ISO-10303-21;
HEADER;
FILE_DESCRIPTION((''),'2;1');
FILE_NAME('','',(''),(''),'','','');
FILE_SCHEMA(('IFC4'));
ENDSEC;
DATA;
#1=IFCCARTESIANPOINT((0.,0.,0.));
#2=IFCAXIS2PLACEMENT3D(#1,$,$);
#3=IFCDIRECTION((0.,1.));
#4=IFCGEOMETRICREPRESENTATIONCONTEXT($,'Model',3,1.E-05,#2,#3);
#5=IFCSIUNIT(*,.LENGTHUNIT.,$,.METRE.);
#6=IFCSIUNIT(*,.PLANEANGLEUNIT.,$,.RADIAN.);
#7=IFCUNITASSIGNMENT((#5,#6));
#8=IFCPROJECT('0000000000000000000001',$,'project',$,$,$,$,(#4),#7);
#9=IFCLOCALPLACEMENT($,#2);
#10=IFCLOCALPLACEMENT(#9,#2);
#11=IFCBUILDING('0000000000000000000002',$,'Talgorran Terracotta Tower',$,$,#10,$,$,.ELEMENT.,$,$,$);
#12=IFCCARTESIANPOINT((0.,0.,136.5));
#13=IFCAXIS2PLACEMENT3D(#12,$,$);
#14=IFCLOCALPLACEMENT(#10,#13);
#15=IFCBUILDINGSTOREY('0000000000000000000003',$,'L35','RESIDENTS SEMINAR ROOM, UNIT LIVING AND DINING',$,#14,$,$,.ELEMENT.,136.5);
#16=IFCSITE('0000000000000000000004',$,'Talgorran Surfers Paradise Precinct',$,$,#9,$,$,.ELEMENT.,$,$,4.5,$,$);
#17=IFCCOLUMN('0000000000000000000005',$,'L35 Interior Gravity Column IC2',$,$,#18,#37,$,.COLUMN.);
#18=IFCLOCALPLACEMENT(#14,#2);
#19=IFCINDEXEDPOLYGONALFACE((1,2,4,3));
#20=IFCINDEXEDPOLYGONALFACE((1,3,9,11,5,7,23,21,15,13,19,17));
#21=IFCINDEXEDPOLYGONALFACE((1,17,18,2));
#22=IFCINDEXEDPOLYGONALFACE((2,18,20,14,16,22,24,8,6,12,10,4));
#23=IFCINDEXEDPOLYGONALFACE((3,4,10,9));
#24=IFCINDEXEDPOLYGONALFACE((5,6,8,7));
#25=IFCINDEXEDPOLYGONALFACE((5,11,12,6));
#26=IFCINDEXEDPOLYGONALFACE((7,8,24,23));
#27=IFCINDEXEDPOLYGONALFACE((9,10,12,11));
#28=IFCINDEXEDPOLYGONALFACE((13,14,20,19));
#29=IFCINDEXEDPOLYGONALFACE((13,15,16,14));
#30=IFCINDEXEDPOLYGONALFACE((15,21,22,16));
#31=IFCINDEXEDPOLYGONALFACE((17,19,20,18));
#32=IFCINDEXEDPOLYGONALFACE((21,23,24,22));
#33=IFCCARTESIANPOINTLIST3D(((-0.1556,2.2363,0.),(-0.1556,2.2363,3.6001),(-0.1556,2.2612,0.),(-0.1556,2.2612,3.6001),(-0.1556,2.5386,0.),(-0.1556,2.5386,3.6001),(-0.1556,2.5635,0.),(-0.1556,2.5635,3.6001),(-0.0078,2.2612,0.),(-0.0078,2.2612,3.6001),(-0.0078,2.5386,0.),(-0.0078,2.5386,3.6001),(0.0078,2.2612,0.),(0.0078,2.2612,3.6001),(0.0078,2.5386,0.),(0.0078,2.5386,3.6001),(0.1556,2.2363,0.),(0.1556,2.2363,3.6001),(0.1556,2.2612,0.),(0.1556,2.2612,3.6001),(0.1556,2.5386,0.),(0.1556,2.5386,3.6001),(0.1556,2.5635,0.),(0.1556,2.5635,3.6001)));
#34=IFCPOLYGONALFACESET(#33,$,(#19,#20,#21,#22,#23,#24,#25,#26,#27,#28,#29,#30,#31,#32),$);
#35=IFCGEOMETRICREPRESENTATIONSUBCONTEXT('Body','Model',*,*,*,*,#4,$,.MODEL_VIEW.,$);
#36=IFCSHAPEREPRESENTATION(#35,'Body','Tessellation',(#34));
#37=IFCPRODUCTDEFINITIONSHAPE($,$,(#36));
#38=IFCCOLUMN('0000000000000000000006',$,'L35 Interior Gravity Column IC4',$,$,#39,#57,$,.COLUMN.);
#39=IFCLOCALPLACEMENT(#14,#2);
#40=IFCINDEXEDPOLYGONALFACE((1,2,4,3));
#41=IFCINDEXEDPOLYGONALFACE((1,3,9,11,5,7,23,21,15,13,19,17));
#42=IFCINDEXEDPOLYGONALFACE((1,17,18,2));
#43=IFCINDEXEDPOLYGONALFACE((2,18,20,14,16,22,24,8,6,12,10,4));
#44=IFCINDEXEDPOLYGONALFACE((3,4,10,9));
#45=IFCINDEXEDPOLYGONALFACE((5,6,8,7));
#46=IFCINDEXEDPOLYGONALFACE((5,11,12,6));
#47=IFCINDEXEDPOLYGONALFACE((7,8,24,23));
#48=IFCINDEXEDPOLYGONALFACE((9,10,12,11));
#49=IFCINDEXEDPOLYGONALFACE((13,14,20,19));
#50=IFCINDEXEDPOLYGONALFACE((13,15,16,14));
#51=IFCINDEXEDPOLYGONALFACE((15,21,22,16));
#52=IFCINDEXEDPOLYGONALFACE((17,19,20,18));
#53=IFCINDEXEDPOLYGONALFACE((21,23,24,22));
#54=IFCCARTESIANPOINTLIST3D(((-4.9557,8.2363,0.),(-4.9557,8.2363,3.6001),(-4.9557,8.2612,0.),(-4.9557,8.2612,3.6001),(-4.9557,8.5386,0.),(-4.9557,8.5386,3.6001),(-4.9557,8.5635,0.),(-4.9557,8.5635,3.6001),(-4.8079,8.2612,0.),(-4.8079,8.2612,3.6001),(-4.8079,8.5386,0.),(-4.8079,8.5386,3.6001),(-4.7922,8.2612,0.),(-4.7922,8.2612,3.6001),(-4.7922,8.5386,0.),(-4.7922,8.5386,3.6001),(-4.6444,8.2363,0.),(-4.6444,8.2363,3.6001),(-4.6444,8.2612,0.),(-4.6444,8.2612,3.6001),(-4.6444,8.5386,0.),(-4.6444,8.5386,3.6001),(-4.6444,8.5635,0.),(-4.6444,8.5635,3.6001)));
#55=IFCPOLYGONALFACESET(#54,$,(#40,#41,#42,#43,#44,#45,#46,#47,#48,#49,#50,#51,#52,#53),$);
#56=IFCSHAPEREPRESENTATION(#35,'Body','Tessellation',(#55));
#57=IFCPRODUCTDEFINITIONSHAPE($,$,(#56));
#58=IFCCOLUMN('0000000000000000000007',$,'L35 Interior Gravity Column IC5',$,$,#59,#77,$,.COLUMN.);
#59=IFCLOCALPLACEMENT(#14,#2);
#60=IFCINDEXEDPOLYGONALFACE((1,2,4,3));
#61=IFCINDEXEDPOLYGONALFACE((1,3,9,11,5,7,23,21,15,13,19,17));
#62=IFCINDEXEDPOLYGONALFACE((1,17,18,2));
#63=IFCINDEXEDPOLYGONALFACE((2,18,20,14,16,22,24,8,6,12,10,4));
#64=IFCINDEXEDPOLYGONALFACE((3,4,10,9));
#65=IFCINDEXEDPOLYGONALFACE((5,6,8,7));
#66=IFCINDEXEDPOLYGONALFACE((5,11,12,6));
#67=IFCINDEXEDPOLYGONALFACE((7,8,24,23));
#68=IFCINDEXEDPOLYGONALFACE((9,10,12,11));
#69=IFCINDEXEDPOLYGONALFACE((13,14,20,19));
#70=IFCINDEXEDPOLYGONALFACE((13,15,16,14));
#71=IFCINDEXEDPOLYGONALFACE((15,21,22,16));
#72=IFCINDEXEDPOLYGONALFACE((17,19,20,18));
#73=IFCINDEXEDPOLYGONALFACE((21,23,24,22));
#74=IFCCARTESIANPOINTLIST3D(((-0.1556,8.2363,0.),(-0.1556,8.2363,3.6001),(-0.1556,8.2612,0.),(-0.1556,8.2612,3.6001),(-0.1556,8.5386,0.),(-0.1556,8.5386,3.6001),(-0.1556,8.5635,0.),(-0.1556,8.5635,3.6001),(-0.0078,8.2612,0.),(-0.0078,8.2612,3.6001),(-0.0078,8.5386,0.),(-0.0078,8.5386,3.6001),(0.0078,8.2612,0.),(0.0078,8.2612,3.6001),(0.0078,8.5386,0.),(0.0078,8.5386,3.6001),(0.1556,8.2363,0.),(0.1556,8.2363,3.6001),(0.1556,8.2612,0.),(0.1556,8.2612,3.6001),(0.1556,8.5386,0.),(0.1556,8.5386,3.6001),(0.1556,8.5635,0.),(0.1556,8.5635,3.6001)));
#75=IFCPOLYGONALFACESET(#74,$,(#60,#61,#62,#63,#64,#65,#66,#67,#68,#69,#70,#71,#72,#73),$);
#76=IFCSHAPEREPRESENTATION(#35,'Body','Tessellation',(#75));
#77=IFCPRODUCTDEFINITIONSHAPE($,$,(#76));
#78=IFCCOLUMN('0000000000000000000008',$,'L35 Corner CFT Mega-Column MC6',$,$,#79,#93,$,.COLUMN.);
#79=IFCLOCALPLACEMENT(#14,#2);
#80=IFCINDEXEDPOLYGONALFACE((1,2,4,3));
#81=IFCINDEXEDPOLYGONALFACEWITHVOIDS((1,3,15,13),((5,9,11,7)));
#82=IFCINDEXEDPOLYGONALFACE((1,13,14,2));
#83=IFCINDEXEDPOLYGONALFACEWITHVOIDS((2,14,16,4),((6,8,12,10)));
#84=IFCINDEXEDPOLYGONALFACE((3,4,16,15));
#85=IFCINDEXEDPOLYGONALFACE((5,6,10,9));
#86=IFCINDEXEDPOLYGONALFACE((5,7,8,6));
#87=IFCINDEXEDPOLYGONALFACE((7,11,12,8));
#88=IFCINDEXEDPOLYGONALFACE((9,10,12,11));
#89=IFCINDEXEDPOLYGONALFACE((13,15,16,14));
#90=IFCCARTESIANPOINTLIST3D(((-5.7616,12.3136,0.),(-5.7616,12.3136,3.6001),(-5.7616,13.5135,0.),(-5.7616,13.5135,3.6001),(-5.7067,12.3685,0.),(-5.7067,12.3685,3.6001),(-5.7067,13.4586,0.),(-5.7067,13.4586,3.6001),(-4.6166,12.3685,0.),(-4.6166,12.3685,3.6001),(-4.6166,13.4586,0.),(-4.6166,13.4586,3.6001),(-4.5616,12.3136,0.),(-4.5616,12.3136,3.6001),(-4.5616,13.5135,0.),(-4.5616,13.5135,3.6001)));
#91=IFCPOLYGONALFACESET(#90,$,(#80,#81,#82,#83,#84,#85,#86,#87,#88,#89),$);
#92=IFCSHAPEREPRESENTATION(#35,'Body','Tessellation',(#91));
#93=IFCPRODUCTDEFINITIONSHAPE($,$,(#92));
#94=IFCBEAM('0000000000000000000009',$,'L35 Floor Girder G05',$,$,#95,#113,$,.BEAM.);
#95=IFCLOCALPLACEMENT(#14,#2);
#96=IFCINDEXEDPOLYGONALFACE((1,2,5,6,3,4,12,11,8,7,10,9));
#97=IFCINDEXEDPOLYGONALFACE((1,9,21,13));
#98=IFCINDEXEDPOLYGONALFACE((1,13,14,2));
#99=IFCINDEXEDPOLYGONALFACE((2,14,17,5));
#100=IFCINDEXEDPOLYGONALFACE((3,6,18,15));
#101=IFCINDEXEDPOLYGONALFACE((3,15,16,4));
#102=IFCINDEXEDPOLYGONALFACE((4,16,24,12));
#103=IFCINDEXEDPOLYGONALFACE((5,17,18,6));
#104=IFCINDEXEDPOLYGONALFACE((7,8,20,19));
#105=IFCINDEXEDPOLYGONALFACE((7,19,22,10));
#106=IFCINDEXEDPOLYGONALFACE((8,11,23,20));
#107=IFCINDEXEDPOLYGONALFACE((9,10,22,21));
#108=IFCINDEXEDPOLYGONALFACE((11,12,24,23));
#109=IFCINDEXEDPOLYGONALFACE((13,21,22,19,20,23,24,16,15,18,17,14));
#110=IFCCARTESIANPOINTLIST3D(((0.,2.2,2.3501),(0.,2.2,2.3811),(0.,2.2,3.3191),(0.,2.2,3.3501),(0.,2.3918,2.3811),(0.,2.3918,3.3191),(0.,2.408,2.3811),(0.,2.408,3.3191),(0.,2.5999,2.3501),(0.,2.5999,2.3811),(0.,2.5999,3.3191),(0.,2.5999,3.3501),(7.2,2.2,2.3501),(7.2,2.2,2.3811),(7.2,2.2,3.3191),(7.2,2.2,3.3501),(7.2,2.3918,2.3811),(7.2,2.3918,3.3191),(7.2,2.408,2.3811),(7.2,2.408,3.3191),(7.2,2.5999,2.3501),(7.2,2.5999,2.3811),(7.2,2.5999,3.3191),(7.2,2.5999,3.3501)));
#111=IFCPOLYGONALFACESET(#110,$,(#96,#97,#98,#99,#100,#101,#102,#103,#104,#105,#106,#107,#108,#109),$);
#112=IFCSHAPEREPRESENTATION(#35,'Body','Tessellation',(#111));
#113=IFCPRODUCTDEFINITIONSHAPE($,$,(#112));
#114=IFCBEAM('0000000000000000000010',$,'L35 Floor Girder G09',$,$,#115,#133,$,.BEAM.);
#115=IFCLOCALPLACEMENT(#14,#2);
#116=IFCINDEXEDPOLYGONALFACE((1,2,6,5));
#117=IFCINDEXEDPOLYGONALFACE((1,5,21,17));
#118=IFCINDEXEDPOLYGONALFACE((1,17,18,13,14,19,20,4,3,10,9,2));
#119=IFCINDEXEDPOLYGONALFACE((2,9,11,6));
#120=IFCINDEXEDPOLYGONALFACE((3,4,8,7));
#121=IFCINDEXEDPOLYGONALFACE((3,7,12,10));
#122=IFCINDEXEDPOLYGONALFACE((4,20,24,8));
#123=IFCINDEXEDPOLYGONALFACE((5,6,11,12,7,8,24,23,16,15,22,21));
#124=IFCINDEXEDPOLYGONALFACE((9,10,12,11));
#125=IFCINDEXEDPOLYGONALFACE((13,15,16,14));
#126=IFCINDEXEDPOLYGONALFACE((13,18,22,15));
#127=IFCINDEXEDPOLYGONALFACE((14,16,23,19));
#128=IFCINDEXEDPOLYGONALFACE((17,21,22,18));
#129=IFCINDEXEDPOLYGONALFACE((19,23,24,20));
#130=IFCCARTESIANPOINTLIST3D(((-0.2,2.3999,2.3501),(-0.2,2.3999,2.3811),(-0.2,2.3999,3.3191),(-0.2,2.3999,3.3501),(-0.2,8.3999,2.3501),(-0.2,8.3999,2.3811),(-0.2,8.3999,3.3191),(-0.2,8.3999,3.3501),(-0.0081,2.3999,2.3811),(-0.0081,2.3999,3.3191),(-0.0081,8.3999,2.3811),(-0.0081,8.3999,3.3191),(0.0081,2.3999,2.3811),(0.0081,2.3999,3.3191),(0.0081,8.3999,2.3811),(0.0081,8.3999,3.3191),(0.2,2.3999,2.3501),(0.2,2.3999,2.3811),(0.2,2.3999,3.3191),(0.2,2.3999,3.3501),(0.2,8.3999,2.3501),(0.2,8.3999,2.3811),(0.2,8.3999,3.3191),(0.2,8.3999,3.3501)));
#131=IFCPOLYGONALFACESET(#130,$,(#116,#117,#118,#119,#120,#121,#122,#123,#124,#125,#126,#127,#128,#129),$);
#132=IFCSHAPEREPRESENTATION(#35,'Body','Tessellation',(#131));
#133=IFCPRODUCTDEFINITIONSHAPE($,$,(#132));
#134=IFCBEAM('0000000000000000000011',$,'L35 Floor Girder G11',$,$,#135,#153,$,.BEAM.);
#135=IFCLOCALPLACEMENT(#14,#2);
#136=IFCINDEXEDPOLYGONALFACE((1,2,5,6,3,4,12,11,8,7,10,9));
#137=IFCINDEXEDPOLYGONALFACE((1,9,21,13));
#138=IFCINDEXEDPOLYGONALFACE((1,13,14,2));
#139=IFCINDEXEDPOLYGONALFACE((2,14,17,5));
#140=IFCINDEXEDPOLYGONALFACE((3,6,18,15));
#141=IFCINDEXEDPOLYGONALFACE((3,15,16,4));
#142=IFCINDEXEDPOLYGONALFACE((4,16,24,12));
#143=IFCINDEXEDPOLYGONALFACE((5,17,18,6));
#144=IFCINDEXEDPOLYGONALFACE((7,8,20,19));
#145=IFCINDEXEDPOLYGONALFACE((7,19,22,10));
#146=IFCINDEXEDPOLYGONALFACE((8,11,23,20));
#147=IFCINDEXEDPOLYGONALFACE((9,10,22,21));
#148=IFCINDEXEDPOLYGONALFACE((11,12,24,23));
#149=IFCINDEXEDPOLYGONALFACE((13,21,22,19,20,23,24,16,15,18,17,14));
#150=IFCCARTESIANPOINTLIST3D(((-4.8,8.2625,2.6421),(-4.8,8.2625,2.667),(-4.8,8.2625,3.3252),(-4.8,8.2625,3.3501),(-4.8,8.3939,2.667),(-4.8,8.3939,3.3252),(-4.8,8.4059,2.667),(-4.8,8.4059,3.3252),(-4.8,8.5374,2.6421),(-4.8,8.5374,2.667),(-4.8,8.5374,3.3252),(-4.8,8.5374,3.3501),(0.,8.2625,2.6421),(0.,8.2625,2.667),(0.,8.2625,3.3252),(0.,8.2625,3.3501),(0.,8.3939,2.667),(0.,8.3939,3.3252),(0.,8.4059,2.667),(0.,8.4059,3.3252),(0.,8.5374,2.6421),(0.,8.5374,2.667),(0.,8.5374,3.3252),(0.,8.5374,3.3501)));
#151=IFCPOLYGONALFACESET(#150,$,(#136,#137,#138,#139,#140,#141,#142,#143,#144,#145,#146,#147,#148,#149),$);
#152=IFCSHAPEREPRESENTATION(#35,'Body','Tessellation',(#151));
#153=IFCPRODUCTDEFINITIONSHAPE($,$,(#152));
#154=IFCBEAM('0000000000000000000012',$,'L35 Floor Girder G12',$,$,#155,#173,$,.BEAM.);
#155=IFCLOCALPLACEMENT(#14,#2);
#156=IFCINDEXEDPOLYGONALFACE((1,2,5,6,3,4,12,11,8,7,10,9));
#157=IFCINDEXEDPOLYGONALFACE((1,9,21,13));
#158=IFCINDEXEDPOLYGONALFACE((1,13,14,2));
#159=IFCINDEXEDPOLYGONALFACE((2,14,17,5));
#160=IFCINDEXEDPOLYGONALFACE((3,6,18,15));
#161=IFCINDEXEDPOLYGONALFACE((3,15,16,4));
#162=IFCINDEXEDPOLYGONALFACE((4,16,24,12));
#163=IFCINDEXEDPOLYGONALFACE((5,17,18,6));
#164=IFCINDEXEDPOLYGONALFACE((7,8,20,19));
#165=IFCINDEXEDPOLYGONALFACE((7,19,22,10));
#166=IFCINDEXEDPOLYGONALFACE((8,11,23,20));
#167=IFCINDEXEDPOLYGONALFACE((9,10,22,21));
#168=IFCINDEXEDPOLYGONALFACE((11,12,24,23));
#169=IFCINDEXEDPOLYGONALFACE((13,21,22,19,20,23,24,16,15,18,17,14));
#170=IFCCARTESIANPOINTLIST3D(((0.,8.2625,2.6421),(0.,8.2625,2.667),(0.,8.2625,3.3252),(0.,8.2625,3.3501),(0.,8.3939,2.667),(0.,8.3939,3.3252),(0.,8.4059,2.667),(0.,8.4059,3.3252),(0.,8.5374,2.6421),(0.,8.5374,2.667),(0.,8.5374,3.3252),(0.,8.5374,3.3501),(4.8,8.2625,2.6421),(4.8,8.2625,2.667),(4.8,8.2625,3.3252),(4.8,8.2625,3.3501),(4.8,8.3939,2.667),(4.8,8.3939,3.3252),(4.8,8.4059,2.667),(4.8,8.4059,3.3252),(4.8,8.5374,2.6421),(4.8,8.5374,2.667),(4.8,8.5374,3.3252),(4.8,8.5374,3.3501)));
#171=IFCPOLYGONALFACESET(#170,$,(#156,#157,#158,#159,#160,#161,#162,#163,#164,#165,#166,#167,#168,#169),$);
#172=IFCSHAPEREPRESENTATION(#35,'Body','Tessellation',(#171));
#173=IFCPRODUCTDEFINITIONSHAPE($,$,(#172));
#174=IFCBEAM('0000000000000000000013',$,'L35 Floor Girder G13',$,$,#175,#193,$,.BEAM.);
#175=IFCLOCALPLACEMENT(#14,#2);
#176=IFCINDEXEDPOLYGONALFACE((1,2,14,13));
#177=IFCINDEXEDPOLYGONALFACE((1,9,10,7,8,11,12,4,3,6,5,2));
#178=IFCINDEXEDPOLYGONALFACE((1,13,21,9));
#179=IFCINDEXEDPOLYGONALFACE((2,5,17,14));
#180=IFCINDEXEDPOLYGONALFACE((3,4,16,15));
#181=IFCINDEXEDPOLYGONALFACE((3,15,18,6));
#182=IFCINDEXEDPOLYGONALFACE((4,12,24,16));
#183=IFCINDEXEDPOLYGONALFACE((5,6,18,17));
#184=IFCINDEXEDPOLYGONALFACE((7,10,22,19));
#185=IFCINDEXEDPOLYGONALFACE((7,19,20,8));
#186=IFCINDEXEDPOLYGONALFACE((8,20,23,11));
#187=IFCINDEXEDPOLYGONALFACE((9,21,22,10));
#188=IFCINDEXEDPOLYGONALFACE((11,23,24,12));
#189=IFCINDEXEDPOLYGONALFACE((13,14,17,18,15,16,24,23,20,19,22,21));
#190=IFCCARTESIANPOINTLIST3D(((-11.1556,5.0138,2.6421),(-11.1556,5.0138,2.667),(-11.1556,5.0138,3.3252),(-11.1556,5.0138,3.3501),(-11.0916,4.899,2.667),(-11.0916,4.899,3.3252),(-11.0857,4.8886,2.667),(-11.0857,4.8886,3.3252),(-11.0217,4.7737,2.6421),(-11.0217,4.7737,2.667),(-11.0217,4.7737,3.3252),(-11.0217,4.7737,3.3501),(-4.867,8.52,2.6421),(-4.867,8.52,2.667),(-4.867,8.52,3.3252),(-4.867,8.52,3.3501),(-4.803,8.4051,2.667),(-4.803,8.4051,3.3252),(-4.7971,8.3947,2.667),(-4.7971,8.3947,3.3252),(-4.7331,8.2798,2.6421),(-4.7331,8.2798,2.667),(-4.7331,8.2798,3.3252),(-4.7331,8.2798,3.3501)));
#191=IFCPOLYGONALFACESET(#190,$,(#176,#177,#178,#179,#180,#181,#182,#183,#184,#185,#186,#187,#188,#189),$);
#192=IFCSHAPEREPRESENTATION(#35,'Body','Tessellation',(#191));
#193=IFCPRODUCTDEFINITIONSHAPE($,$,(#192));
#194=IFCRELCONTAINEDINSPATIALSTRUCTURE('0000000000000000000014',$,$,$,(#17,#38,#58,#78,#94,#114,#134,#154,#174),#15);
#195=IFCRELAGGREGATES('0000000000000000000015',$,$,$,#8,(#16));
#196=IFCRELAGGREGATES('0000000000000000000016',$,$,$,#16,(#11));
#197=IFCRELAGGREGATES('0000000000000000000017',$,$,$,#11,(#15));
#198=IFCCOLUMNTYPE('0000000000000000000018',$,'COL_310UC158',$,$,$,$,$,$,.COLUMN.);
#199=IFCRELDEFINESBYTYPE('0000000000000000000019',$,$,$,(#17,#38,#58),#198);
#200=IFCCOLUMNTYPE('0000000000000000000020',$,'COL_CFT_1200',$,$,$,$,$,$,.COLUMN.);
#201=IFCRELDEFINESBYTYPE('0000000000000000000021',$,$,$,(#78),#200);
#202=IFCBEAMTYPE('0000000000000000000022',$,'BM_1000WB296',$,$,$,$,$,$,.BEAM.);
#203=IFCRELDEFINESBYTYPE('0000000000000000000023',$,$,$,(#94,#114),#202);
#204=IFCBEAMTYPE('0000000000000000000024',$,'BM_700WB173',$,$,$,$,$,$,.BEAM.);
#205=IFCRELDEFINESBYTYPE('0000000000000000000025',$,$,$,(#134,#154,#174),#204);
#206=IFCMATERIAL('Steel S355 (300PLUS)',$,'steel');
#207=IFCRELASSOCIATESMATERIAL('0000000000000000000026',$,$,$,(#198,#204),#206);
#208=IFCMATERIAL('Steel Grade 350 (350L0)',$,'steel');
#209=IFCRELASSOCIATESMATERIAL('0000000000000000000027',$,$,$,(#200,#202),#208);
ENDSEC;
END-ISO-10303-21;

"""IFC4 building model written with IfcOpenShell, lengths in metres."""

from ifc_helpers import new_model, si_unit, direction, frame, origin, origin_2d, place, context, subcontext, project, spatial, hollow_rectangle, i_section, extrude, material, material_profile, profile_set, type_object, element, save


model = new_model("IFC4")

# Units and contexts
model_context = context("Model", 3, precision=1e-05, world=origin(), true_north=direction((0.0, 1.0)))
body_context = subcontext(model_context, "Body", "Model", "MODEL_VIEW")
ifc_project = project(units=[si_unit("LENGTHUNIT", "METRE"), si_unit("PLANEANGLEUNIT", "RADIAN")], contexts=[model_context])

# Site, building, storey
site_placement = place(None, origin())
site = spatial("IfcSite", under=ifc_project, at=site_placement, Name="Talgorran Surfers Paradise Precinct", CompositionType="ELEMENT", RefElevation=4.5)
building_placement = place(site_placement, origin())
building = spatial("IfcBuilding", under=site, at=building_placement, Name="Talgorran Terracotta Tower", CompositionType="ELEMENT")
storey_placement = place(building_placement, frame((0.0, 0.0, 136.5)))
storey = spatial("IfcBuildingStorey", under=building, at=storey_placement, Name="L35", Description="RESIDENTS SEMINAR ROOM, UNIT LIVING AND DINING", CompositionType="ELEMENT", Elevation=136.5)

# Columns
ifc_material_1 = material(Name="Steel S355 (300PLUS)", Category="steel")
ifc_material_profile_1 = material_profile(ifc_material_1, i_section(OverallWidth=0.3113, OverallDepth=0.3271, WebThickness=0.0156, FlangeThickness=0.0249, at=origin_2d()), Name="310UC158")
ifc_profile_set_1 = profile_set([ifc_material_profile_1], Name="Steel S355 (300PLUS)")
column_type_1 = type_object("IfcColumnType", Name="COL_310UC158", PredefinedType="COLUMN", material=ifc_profile_set_1)
for number, where, z_axis, x_axis, name in (
    (1, (0.0, 2.3999, 0.0), (0.0, 0.0, 1.0), (1.0, 0.0, 0.0), "L35 Interior Gravity Column IC2"),
    (2, (-4.8, 8.3999, 0.0), (0.0, 0.0, 1.0), (1.0, 0.0, 0.0), "L35 Interior Gravity Column IC4"),
    (3, (0.0, 8.3999, 0.0), (0.0, 0.0, 1.0), (1.0, 0.0, 0.0), "L35 Interior Gravity Column IC5"),
):
    element("IfcColumn", number, at=place(storey_placement, frame(where, z_axis=z_axis, x_axis=x_axis)), inside=storey, type_object=column_type_1, Name=name, PredefinedType="COLUMN", context=body_context, shape_type="SweptSolid", body=[
        extrude(i_section(OverallWidth=0.3113, OverallDepth=0.3271, WebThickness=0.0156, FlangeThickness=0.0249, at=origin_2d()), origin(), (0.0, 0.0, 1.0), 3.6001),
    ])
ifc_material_2 = material(Name="Steel Grade 350 (350L0)", Category="steel")
ifc_material_profile_2 = material_profile(ifc_material_2, hollow_rectangle(XDim=1.2, YDim=1.2, WallThickness=0.0549, at=origin_2d()), Name="CFT1200X1200X55")
ifc_profile_set_2 = profile_set([ifc_material_profile_2], Name="Steel Grade 350 (350L0)")
column_type_2 = type_object("IfcColumnType", Name="COL_CFT_1200", PredefinedType="COLUMN", material=ifc_profile_set_2)
column_placement = place(storey_placement, frame((-5.1616, 12.9136, 0.0), z_axis=(0.0, 0.0, 1.0), x_axis=(1.0, 0.0, 0.0)))
element("IfcColumn", 4, at=column_placement, inside=storey, type_object=column_type_2, Name="L35 Corner CFT Mega-Column MC6", PredefinedType="COLUMN", context=body_context, shape_type="SweptSolid", body=[
    extrude(hollow_rectangle(XDim=1.2, YDim=1.2, WallThickness=0.0549, at=origin_2d()), origin(), (0.0, 0.0, 1.0), 3.6001),
])

# Beams
ifc_material_profile_3 = material_profile(ifc_material_2, i_section(OverallWidth=0.3999, OverallDepth=1.0, WebThickness=0.0161, FlangeThickness=0.031, at=origin_2d()), Name="1000WB296")
ifc_profile_set_3 = profile_set([ifc_material_profile_3], Name="Steel Grade 350 (350L0)")
beam_type_1 = type_object("IfcBeamType", Name="BM_1000WB296", PredefinedType="BEAM", material=ifc_profile_set_3)
beam_1_placement = place(storey_placement, frame((0.0, 2.3999, 2.8501), z_axis=(1.0, 0.0, 0.0), x_axis=(0.0, 1.0, 0.0)))
element("IfcBeam", 5, at=beam_1_placement, inside=storey, type_object=beam_type_1, Name="L35 Floor Girder G05", PredefinedType="BEAM", context=body_context, shape_type="SweptSolid", body=[
    extrude(i_section(OverallWidth=0.3999, OverallDepth=1.0, WebThickness=0.0161, FlangeThickness=0.031, at=origin_2d()), origin(), (0.0, 0.0, 1.0), 7.2),
])
beam_2_placement = place(storey_placement, frame((0.0, 2.3999, 2.8501), z_axis=(0.0, 1.0, 0.0), x_axis=(-1.0, 0.0, 0.0)))
element("IfcBeam", 6, at=beam_2_placement, inside=storey, type_object=beam_type_1, Name="L35 Floor Girder G09", PredefinedType="BEAM", context=body_context, shape_type="SweptSolid", body=[
    extrude(i_section(OverallWidth=0.3999, OverallDepth=1.0, WebThickness=0.0161, FlangeThickness=0.031, at=origin_2d()), origin(), (0.0, 0.0, 1.0), 6.0),
])
ifc_material_profile_4 = material_profile(ifc_material_1, i_section(OverallWidth=0.2749, OverallDepth=0.708, WebThickness=0.012, FlangeThickness=0.0249, at=origin_2d()), Name="700WB173")
ifc_profile_set_4 = profile_set([ifc_material_profile_4], Name="Steel S355 (300PLUS)")
beam_type_2 = type_object("IfcBeamType", Name="BM_700WB173", PredefinedType="BEAM", material=ifc_profile_set_4)
for number, where, z_axis, x_axis, name in (
    (7, (-4.8, 8.3999, 2.9961), (1.0, 0.0, 0.0), (0.0, 1.0, 0.0), "L35 Floor Girder G11"),
    (8, (0.0, 8.3999, 2.9961), (1.0, 0.0, 0.0), (0.0, 1.0, 0.0), "L35 Floor Girder G12"),
):
    element("IfcBeam", number, at=place(storey_placement, frame(where, z_axis=z_axis, x_axis=x_axis)), inside=storey, type_object=beam_type_2, Name=name, PredefinedType="BEAM", context=body_context, shape_type="SweptSolid", body=[
        extrude(i_section(OverallWidth=0.2749, OverallDepth=0.708, WebThickness=0.012, FlangeThickness=0.0249, at=origin_2d()), origin(), (0.0, 0.0, 1.0), 4.8),
    ])
beam_3_placement = place(storey_placement, frame((-4.8, 8.3999, 2.9961), z_axis=(-0.873422, -0.486964, 0.0), x_axis=(0.486964, -0.873422, 0.0)))
element("IfcBeam", 9, at=beam_3_placement, inside=storey, type_object=beam_type_2, Name="L35 Floor Girder G13", PredefinedType="BEAM", context=body_context, shape_type="SweptSolid", body=[
    extrude(i_section(OverallWidth=0.2749, OverallDepth=0.708, WebThickness=0.012, FlangeThickness=0.0249, at=origin_2d()), origin(), (0.0, 0.0, 1.0), 7.2),
])

save(model, "model.ifc")
